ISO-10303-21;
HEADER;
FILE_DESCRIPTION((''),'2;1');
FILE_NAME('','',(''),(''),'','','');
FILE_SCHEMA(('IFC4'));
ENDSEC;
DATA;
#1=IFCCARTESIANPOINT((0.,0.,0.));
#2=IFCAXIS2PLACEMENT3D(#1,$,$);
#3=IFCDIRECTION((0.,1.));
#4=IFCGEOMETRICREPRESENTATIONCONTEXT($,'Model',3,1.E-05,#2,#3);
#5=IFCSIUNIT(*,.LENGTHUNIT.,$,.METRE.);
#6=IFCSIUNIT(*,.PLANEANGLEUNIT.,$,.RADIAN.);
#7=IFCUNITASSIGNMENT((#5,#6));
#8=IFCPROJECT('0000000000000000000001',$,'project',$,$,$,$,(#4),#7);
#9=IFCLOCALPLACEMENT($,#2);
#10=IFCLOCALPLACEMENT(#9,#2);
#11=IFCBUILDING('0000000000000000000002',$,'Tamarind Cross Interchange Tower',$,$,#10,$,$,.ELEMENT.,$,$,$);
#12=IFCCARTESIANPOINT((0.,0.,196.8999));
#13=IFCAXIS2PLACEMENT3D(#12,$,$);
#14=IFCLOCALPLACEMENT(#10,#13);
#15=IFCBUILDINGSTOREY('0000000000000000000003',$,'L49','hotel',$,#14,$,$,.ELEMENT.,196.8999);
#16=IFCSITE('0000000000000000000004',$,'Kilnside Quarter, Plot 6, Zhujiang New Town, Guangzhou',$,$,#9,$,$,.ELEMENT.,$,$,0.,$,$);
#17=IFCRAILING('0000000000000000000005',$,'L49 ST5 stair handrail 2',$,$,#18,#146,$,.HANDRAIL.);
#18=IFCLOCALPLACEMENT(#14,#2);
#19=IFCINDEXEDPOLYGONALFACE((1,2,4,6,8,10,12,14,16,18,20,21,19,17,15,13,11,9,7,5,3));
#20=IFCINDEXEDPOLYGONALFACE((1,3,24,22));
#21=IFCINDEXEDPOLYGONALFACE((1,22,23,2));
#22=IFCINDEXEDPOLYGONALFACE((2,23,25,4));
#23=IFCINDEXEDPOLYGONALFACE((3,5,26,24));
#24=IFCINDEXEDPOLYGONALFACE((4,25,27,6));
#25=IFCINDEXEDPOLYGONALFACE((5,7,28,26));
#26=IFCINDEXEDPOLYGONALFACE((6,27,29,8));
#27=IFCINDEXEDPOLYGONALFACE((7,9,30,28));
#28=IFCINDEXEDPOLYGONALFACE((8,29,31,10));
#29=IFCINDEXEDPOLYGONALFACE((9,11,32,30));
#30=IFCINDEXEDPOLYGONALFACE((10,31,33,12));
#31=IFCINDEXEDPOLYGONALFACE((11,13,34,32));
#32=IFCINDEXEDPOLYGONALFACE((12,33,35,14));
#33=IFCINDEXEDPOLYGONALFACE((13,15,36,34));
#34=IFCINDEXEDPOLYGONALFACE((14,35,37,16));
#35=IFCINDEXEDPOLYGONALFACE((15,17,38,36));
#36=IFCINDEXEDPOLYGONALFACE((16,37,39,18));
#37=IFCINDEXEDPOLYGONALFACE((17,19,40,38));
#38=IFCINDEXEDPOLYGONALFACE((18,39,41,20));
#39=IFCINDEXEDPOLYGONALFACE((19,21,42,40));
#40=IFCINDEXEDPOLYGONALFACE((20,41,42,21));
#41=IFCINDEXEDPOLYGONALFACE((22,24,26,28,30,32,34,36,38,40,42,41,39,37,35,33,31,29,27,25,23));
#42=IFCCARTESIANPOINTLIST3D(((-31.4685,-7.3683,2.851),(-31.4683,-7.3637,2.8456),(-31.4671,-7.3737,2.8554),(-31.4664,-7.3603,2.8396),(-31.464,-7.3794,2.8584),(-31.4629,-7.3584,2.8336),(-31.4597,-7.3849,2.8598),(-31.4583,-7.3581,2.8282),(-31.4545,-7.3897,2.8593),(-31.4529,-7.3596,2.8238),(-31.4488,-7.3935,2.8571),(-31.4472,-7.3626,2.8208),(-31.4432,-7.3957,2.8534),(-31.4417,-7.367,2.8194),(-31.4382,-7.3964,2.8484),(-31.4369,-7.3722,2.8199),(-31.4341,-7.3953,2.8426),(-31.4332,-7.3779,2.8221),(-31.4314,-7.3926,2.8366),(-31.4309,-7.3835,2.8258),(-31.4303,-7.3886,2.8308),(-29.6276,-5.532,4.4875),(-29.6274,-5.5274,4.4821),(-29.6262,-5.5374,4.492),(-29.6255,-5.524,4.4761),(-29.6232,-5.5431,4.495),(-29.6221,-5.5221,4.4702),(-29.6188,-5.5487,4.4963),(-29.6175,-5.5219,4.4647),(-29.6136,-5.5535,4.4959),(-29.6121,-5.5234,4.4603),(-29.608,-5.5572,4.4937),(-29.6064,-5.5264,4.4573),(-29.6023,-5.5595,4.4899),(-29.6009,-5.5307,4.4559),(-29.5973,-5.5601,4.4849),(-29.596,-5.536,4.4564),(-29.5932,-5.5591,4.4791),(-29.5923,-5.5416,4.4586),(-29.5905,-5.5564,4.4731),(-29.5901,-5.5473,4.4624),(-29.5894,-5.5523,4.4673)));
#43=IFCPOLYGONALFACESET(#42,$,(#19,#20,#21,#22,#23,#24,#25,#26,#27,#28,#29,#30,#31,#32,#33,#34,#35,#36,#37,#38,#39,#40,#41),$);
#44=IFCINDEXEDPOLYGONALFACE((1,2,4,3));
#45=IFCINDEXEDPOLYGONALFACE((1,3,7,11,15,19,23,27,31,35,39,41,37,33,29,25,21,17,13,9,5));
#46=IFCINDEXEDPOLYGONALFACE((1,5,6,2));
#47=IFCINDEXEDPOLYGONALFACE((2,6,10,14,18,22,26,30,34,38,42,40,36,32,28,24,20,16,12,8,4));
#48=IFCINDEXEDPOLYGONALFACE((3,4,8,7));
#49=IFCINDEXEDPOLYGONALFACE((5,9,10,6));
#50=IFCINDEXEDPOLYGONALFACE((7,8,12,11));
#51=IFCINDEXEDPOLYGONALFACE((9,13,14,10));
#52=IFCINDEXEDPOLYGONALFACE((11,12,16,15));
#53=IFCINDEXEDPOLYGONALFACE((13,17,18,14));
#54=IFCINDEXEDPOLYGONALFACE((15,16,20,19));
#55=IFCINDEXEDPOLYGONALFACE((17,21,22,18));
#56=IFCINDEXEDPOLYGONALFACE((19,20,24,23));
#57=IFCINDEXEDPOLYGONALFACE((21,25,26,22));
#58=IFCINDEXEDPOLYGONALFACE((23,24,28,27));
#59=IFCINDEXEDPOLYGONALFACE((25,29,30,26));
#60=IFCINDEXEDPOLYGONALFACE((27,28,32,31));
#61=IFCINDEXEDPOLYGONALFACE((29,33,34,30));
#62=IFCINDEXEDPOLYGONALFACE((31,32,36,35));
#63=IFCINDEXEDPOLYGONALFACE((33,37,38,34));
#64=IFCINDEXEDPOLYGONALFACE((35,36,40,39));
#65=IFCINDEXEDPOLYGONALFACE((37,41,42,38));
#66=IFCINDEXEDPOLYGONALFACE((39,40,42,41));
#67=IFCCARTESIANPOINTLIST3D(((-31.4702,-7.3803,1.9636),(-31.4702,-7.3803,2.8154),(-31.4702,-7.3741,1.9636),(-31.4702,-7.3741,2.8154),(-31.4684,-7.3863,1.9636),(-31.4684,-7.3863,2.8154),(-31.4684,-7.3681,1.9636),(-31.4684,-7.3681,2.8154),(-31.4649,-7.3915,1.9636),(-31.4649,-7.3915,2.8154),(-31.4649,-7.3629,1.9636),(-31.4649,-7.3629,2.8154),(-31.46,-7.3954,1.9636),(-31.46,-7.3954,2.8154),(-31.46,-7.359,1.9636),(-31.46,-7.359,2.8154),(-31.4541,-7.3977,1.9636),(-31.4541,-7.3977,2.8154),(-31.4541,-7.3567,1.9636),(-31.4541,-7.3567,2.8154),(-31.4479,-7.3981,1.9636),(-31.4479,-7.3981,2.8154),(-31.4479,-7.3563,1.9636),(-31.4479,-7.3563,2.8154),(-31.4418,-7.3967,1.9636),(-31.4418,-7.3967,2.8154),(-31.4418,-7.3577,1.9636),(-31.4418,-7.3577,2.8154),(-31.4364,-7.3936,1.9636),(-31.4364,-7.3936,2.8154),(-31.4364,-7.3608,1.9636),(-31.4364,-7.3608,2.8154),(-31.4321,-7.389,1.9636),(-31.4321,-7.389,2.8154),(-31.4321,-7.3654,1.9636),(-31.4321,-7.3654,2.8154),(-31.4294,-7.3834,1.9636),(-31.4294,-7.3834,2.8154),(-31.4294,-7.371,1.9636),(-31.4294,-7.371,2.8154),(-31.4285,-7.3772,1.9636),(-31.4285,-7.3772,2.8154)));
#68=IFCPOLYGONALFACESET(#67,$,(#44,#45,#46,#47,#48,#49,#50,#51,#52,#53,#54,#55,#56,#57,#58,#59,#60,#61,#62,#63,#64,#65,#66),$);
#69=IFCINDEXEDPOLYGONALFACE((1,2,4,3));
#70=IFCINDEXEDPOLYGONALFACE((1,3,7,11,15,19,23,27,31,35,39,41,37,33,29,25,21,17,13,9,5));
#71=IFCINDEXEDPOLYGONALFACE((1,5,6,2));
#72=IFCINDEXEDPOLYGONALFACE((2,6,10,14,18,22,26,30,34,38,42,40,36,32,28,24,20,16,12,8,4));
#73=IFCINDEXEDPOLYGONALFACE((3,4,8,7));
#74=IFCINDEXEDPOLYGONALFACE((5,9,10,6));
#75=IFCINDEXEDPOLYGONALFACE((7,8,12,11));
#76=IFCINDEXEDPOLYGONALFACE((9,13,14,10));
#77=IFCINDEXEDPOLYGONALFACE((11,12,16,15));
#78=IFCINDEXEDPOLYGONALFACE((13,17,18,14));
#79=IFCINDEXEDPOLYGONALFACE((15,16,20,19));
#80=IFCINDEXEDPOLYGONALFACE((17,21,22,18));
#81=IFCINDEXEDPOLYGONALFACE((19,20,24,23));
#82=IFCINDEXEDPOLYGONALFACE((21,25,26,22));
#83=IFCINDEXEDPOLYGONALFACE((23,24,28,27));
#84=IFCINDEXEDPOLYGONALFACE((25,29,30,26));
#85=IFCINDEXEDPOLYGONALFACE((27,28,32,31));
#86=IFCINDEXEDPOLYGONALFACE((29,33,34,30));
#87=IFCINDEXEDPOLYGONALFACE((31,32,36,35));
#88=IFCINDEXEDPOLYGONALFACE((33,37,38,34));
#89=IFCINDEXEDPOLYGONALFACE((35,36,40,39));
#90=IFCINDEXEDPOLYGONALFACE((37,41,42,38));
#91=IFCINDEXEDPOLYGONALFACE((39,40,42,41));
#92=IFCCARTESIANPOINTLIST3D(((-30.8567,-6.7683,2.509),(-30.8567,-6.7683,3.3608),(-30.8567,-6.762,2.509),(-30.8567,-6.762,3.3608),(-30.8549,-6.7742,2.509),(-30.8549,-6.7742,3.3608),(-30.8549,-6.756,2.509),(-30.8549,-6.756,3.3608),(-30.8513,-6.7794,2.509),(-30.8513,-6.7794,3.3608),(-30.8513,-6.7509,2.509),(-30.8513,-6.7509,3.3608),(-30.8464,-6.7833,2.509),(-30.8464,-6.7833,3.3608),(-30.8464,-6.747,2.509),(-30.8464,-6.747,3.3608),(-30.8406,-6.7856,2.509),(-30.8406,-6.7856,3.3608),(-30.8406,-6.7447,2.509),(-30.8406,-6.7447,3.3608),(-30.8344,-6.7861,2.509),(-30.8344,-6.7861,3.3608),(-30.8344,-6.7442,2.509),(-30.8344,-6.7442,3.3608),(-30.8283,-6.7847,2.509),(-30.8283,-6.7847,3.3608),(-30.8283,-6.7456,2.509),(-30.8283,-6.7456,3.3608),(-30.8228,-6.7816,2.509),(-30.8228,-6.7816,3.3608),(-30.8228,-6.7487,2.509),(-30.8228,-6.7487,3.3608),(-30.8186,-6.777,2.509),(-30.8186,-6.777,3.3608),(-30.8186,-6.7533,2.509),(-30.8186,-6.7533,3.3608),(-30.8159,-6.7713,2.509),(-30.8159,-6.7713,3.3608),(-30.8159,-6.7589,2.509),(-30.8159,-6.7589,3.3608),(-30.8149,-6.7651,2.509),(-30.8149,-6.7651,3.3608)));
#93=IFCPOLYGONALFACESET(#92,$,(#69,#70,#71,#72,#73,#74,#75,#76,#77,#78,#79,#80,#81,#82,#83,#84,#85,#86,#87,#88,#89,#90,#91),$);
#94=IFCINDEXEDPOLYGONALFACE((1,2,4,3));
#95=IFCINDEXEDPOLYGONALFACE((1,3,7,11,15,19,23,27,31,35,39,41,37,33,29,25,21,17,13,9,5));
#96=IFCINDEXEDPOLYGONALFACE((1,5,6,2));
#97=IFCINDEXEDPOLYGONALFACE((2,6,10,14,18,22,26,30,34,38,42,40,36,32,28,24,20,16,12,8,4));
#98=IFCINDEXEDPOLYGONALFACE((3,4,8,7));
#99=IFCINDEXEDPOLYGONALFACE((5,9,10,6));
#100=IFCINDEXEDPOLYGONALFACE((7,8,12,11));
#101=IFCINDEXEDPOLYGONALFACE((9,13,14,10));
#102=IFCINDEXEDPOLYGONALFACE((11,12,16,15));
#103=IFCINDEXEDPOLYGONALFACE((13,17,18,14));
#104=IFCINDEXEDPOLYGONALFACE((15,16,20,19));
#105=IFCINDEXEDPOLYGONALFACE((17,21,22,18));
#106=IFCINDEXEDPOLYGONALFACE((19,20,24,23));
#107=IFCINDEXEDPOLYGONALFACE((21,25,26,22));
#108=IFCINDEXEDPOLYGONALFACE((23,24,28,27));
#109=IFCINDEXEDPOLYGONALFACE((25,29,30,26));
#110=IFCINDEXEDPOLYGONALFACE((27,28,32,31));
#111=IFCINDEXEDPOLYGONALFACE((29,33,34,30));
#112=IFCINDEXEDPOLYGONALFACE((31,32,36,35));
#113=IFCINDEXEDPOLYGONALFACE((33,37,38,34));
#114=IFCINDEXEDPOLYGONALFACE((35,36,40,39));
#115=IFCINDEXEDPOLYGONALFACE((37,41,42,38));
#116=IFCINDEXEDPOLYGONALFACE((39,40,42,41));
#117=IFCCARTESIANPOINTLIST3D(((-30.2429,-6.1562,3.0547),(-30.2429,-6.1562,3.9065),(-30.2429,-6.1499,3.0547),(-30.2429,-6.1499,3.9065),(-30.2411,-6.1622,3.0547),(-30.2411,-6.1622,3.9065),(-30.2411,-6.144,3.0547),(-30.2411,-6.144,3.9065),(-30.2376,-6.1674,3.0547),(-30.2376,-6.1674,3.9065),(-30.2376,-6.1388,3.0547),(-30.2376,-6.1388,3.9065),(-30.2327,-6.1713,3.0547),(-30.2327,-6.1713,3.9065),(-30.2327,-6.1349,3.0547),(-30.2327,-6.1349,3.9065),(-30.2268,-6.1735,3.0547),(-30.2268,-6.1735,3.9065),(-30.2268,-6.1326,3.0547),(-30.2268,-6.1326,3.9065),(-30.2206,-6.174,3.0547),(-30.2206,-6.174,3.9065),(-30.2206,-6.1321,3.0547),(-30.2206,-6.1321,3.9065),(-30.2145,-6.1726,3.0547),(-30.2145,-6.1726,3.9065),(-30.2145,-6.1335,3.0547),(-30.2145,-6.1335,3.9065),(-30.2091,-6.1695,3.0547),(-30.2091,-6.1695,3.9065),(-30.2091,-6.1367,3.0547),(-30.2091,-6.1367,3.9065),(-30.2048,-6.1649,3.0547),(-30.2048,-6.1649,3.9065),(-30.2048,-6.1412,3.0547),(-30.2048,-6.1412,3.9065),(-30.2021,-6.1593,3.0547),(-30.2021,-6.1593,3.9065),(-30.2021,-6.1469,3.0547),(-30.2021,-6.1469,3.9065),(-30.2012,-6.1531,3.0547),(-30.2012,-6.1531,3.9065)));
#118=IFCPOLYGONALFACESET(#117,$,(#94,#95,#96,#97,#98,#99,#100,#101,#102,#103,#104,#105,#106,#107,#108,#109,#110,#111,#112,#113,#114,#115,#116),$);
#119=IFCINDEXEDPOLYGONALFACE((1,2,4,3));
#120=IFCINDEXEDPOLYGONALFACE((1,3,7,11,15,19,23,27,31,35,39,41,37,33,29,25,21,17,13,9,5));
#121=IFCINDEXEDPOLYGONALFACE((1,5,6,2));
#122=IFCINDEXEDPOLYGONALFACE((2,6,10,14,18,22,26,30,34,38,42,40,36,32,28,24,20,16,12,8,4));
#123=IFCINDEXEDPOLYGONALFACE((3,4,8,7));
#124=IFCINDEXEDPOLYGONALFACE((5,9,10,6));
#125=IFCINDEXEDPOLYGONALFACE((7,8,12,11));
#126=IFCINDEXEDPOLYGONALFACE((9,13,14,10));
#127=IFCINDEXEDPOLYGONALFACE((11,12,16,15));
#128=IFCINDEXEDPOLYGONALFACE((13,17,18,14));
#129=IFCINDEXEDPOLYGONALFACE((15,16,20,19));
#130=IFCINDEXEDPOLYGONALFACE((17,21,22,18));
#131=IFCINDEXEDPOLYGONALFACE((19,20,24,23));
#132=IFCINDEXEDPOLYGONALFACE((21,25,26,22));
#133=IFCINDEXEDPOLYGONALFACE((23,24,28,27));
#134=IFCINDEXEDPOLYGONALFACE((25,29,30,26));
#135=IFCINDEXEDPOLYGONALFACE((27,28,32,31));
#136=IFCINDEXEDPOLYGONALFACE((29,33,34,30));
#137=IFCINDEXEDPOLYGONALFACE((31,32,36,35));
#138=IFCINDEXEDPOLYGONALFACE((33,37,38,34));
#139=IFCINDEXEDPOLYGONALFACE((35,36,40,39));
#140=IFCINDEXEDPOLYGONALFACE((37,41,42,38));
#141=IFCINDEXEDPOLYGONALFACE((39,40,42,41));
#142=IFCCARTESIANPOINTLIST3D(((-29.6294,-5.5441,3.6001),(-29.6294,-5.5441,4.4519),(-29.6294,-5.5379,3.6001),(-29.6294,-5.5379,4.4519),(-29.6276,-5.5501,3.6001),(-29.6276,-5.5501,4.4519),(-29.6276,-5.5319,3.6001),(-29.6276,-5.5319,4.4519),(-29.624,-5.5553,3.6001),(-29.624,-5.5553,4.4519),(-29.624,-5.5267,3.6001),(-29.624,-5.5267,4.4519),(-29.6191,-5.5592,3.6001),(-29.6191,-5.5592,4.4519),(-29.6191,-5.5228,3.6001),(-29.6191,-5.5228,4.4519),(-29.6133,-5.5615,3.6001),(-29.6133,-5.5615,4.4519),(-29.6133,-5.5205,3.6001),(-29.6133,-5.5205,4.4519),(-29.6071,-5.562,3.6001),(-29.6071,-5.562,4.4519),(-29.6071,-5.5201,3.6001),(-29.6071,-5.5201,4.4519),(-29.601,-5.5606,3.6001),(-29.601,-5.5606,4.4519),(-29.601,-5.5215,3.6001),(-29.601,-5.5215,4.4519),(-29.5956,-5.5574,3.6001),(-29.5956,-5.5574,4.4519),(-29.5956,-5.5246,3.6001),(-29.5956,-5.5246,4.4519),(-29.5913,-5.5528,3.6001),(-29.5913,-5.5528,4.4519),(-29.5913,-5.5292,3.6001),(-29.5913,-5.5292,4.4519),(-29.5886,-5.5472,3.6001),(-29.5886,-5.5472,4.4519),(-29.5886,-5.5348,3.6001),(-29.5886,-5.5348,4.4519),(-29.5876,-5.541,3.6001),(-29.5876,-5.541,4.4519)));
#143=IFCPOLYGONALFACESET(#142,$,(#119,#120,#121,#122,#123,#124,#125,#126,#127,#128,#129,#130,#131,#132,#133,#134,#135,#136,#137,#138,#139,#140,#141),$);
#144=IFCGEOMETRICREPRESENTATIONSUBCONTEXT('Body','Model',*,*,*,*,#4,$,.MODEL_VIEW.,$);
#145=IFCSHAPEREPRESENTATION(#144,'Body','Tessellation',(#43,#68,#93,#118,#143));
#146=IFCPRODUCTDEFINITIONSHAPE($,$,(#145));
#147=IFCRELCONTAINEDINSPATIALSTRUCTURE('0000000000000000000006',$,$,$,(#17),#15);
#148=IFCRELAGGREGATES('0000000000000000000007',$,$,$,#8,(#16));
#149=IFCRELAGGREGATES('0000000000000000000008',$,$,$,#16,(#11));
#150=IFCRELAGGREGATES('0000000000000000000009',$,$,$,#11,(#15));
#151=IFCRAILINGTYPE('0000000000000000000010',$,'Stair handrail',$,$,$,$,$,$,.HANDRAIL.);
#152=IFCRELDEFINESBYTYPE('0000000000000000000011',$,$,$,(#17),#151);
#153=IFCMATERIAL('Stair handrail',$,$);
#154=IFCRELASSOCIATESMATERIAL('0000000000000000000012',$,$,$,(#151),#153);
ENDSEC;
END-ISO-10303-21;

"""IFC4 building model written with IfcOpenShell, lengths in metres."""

from ifc_helpers import new_model, si_unit, direction, frame, origin, origin_2d, place, context, subcontext, project, spatial, circle, extrude, material, type_object, element, save


model = new_model("IFC4")

# Units and contexts
model_context = context("Model", 3, precision=1e-05, world=origin(), true_north=direction((0.0, 1.0)))
body_context = subcontext(model_context, "Body", "Model", "MODEL_VIEW")
ifc_project = project(units=[si_unit("LENGTHUNIT", "METRE"), si_unit("PLANEANGLEUNIT", "RADIAN")], contexts=[model_context])

# Site, building, storey
site_placement = place(None, origin())
site = spatial("IfcSite", under=ifc_project, at=site_placement, Name="Kilnside Quarter, Plot 6, Zhujiang New Town, Guangzhou", CompositionType="ELEMENT", RefElevation=0.0)
building_placement = place(site_placement, origin())
building = spatial("IfcBuilding", under=site, at=building_placement, Name="Tamarind Cross Interchange Tower", CompositionType="ELEMENT")
storey_placement = place(building_placement, frame((0.0, 0.0, 196.8999)))
storey = spatial("IfcBuildingStorey", under=building, at=storey_placement, Name="L49", Description="hotel", CompositionType="ELEMENT", Elevation=196.8999)

# Railing
ifc_material_1 = material(Name="Stair handrail")
railing_type_1 = type_object("IfcRailingType", Name="Stair handrail", PredefinedType="HANDRAIL", material=ifc_material_1)
railing_1_placement = place(storey_placement, frame((-31.4495, -7.3772, 1.9636)))
element("IfcRailing", 1, at=railing_1_placement, inside=storey, type_object=railing_type_1, Name="L49 ST5 stair handrail 2", PredefinedType="HANDRAIL", context=body_context, shape_type="SweptSolid", body=[
    extrude(circle(Radius=0.0239, at=origin_2d()), frame((0.0, 0.0, 0.876), z_axis=(0.599192, 0.597682, 0.532677), x_axis=(-0.706214, 0.707998, 0.0)), (0.0, 0.0, 1.0), 3.0723),
    extrude(circle(Radius=0.021, at=origin_2d()), origin(), (0.0, 0.0, 1.0), 0.8518),
    extrude(circle(Radius=0.021, at=origin_2d()), frame((0.6135, 0.6121, 0.5454)), (0.0, 0.0, 1.0), 0.8518),
    extrude(circle(Radius=0.021, at=origin_2d()), frame((1.2273, 1.2241, 1.0911)), (0.0, 0.0, 1.0), 0.8518),
    extrude(circle(Radius=0.021, at=origin_2d()), frame((1.8408, 1.8362, 1.6365)), (0.0, 0.0, 1.0), 0.8518),
])

save(model, "model.ifc")
